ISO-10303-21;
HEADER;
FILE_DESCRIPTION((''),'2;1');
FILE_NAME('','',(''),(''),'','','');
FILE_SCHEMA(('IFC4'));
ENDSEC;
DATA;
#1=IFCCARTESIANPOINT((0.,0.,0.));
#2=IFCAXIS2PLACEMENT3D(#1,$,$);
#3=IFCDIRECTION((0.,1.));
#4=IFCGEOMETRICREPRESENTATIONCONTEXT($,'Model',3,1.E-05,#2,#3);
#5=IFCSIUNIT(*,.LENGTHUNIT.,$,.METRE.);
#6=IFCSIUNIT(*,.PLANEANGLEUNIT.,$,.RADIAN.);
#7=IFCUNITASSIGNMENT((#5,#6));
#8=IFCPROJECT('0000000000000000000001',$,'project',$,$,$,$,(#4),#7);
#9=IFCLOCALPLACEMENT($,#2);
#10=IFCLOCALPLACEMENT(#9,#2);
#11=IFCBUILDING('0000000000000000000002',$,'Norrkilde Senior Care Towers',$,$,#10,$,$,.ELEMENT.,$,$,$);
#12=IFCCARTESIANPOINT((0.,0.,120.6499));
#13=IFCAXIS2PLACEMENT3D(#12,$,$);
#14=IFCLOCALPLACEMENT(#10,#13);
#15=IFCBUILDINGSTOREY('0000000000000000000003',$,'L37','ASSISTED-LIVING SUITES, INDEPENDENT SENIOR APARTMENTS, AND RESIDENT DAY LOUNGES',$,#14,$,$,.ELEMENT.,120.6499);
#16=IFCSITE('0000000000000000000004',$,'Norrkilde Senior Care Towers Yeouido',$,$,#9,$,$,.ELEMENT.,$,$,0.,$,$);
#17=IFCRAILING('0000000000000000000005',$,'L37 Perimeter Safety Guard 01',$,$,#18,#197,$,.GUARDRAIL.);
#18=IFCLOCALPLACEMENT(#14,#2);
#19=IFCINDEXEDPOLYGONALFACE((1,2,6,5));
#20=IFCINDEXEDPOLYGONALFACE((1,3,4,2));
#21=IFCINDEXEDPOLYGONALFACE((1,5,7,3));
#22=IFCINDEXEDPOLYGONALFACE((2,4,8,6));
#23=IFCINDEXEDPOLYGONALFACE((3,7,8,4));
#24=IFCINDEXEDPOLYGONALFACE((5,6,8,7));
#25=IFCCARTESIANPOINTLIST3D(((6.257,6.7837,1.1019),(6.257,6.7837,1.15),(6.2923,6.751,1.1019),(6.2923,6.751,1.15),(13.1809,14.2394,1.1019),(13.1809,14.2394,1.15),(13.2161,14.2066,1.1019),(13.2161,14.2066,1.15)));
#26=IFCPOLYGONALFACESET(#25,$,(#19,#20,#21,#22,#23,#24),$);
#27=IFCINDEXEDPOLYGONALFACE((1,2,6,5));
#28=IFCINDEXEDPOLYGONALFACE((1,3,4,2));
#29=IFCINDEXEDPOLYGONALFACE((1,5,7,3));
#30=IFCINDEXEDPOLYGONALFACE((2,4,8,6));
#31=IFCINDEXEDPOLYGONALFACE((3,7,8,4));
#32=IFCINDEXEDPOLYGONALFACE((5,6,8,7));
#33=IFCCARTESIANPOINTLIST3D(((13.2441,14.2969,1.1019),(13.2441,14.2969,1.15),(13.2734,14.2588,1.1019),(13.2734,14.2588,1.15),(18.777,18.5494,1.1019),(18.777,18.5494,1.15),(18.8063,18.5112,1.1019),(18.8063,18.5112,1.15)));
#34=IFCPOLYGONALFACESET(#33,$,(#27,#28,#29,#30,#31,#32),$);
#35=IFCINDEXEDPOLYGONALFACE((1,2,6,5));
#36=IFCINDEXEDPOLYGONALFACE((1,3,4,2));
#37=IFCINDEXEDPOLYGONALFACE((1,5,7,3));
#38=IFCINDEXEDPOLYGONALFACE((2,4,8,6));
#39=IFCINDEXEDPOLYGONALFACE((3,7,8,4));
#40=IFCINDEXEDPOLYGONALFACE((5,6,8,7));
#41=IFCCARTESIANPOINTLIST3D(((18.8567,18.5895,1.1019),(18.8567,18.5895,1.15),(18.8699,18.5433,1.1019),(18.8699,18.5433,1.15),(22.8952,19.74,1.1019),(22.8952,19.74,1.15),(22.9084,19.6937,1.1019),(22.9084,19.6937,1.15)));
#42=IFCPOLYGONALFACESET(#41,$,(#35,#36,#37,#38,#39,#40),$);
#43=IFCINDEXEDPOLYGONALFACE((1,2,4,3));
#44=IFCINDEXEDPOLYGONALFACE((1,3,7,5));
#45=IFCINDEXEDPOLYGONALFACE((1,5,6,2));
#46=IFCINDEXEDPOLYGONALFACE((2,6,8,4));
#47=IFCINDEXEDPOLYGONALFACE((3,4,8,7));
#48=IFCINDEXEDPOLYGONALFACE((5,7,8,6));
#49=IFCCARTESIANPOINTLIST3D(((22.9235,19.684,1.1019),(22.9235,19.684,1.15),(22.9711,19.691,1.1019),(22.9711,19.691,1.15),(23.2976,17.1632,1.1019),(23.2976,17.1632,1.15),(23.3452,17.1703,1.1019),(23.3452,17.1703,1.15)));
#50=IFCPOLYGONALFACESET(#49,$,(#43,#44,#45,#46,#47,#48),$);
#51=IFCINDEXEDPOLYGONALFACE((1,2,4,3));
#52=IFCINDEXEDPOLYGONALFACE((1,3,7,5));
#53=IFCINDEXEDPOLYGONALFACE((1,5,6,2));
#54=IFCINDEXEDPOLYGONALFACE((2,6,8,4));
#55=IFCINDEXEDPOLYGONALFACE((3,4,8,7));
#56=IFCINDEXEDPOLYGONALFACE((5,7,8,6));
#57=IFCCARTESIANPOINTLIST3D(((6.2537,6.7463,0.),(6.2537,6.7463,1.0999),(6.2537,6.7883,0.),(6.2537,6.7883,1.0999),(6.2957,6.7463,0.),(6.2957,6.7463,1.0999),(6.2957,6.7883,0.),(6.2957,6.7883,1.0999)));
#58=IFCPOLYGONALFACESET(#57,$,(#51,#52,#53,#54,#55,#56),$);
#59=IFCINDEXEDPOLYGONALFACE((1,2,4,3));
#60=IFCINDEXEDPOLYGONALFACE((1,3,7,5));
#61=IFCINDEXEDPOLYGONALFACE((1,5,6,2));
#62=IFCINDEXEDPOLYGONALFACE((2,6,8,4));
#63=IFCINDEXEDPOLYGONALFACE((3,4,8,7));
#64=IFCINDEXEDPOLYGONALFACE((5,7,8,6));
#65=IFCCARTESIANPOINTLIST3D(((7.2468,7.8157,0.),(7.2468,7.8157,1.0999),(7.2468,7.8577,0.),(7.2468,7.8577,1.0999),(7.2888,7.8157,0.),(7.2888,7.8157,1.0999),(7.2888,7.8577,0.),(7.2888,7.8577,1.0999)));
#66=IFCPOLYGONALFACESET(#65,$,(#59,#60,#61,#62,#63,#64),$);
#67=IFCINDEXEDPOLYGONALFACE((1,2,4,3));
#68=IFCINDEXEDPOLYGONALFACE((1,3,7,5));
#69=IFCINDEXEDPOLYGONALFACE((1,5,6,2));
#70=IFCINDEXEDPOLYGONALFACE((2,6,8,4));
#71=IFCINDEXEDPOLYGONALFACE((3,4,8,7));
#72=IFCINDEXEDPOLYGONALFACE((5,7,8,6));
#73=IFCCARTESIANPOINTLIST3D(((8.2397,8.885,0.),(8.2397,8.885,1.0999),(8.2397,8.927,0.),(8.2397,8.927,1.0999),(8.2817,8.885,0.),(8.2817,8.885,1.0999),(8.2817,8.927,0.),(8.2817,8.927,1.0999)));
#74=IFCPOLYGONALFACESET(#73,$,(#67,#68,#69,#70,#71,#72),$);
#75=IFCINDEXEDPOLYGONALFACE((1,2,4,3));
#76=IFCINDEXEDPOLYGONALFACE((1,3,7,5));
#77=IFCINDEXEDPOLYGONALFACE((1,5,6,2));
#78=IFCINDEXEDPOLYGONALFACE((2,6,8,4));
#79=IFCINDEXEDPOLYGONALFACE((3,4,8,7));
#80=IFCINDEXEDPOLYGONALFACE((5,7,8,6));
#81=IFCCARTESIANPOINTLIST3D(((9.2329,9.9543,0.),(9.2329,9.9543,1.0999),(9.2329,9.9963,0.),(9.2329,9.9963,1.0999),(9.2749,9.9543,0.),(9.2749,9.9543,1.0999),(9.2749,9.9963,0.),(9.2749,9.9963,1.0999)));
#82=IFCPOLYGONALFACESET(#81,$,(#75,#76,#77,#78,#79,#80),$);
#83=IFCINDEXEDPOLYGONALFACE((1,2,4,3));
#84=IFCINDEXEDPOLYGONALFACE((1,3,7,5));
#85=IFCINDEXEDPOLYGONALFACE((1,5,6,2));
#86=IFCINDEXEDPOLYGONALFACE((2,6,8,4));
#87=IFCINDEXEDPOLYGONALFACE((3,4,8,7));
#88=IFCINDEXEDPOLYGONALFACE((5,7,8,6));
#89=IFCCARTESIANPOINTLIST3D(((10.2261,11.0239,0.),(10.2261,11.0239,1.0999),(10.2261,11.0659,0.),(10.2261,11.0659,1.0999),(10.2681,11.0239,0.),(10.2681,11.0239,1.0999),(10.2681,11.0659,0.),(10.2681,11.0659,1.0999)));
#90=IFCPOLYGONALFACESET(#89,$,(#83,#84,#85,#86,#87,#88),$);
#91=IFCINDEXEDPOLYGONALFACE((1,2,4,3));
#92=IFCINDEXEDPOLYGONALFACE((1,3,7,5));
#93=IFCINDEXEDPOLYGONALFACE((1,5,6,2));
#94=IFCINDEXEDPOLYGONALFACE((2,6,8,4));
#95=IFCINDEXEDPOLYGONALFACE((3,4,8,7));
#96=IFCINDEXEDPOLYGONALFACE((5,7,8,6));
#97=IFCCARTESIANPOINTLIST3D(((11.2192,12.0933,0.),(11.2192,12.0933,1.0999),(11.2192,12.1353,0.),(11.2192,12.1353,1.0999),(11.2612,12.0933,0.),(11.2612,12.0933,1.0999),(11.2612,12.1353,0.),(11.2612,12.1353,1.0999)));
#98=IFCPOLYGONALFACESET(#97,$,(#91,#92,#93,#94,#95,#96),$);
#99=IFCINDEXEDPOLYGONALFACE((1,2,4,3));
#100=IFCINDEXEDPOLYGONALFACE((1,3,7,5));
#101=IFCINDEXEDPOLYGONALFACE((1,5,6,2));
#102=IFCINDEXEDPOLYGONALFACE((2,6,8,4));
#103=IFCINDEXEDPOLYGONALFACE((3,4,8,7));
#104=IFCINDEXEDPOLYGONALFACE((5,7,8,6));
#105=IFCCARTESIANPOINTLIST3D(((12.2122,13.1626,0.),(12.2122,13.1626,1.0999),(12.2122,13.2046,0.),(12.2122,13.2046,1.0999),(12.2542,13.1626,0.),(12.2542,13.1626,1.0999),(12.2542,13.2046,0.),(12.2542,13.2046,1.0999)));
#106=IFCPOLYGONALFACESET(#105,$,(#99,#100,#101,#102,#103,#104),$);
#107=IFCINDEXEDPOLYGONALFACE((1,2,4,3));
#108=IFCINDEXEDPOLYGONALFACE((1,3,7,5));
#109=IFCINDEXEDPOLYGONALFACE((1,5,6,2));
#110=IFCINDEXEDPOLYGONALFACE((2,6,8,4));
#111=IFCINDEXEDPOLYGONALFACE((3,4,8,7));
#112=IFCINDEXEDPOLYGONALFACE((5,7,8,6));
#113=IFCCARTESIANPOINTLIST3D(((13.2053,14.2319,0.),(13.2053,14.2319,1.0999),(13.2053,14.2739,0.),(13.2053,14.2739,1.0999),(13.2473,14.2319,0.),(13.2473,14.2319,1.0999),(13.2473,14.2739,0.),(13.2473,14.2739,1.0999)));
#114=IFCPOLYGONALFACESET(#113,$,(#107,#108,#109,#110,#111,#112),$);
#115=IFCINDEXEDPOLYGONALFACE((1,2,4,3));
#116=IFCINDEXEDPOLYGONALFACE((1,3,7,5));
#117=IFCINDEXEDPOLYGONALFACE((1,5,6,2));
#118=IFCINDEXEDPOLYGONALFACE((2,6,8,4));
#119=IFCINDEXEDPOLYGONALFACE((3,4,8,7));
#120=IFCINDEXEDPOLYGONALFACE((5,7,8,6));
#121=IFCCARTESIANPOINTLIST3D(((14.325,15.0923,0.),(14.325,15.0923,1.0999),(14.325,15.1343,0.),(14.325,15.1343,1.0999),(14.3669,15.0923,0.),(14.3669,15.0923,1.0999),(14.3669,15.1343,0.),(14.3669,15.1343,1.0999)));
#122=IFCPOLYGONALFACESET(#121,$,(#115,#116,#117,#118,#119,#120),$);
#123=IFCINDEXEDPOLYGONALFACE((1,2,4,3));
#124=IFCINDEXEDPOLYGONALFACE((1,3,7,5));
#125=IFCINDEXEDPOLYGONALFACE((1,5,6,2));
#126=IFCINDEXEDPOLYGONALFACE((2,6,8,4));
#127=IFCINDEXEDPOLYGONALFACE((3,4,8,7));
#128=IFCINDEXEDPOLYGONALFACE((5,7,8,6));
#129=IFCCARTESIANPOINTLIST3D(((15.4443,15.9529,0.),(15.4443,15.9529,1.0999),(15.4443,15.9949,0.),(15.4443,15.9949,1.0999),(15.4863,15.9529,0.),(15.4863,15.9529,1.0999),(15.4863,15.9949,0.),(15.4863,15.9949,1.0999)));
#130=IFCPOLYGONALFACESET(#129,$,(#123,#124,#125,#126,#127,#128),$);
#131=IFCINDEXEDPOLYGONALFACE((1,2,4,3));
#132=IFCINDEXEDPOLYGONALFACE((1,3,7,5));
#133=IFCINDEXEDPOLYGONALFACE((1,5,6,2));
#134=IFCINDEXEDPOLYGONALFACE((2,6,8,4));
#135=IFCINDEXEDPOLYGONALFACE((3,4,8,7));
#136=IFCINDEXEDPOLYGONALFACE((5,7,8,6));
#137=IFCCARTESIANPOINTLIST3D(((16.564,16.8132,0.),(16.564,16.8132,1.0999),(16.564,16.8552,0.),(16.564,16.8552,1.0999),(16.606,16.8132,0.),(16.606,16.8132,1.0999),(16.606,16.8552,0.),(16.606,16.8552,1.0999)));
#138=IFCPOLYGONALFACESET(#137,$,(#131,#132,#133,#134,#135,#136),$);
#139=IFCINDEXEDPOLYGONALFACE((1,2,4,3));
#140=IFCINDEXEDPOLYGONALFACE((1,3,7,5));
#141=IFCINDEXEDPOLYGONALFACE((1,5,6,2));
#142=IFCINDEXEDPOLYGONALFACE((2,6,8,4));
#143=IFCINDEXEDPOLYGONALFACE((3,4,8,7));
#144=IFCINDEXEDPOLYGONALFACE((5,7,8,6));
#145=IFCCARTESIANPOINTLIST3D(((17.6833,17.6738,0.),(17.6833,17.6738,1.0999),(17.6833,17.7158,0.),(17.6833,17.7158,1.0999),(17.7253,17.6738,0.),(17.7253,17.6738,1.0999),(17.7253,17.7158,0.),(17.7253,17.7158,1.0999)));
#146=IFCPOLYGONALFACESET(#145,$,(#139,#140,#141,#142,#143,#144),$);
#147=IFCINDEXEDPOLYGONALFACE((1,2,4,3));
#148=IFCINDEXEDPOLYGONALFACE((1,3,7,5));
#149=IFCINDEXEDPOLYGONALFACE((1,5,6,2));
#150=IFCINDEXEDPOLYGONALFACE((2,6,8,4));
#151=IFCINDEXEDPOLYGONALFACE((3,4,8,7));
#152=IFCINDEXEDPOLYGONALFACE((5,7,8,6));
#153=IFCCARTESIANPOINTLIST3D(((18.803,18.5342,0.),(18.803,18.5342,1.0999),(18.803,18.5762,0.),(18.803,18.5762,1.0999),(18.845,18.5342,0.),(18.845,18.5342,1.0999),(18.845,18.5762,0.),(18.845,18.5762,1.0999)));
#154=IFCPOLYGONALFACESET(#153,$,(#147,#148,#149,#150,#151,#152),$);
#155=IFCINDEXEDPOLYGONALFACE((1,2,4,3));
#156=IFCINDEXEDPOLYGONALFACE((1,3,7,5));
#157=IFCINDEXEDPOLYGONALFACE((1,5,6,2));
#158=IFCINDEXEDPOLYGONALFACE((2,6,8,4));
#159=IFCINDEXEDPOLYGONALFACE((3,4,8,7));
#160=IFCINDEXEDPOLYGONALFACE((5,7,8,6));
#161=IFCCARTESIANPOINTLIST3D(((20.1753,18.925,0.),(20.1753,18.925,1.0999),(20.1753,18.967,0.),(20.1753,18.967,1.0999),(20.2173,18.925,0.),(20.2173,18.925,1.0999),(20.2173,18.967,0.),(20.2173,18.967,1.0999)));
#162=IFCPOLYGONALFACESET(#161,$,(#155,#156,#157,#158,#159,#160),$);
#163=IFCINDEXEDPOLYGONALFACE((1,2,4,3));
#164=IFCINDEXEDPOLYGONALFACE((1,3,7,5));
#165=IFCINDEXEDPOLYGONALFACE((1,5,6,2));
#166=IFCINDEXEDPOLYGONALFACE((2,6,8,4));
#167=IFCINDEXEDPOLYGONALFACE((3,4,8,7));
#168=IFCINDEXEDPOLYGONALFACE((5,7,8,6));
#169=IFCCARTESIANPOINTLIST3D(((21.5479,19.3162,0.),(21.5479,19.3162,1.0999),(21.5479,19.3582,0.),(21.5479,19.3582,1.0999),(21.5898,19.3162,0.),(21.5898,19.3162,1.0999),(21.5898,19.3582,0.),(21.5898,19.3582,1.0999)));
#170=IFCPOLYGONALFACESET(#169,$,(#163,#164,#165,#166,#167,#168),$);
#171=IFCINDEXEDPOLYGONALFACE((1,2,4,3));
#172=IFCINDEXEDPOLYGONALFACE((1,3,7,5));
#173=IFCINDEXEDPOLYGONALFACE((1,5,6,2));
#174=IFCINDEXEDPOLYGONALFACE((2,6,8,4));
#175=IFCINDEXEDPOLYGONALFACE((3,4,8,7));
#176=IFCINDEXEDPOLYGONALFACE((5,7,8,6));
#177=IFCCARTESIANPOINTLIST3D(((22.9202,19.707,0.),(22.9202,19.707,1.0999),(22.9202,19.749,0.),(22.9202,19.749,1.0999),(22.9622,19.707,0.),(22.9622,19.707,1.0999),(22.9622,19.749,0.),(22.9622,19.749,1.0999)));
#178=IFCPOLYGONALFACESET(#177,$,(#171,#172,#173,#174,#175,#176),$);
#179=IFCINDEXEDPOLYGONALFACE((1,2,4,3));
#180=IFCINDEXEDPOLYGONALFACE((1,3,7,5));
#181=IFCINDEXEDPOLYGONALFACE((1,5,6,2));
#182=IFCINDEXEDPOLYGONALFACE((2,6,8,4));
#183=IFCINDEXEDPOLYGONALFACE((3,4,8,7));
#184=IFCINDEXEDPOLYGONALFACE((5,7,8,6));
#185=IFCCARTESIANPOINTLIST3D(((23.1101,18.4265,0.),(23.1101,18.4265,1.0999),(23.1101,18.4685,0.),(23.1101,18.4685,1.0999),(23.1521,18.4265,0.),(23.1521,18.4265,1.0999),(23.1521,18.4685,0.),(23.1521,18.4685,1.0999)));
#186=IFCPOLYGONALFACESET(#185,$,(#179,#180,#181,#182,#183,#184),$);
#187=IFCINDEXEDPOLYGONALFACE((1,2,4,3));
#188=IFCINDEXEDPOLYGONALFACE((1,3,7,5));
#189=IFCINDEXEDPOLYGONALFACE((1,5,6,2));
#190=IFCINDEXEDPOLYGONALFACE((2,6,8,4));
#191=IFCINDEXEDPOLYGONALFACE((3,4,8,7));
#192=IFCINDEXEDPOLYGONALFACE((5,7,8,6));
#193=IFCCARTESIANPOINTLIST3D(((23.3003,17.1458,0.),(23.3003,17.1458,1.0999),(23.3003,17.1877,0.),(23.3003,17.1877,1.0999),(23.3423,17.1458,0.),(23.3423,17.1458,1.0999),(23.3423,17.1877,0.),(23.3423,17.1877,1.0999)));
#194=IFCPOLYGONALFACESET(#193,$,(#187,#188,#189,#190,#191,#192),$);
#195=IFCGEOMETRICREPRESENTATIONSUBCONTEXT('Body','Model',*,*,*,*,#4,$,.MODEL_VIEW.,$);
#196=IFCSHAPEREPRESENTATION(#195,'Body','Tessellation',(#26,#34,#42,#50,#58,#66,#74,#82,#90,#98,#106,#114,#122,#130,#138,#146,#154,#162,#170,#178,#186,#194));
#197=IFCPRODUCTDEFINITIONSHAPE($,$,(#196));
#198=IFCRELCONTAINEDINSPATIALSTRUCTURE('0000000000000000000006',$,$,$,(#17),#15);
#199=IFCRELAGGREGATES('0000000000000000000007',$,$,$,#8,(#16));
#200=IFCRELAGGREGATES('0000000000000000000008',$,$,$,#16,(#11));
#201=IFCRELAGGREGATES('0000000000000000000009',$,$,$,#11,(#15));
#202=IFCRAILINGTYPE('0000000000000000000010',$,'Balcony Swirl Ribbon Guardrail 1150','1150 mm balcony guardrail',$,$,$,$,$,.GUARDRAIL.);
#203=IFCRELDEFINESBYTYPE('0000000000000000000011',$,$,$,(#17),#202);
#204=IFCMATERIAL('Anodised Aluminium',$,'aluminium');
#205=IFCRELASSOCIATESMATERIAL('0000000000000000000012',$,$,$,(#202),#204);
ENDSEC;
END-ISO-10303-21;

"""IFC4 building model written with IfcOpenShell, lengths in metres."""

from ifc_helpers import new_model, si_unit, direction, frame, origin, origin_2d, place, context, subcontext, project, spatial, rectangle, extrude, material, type_object, element, save


model = new_model("IFC4")

# Units and contexts
model_context = context("Model", 3, precision=1e-05, world=origin(), true_north=direction((0.0, 1.0)))
body_context = subcontext(model_context, "Body", "Model", "MODEL_VIEW")
ifc_project = project(units=[si_unit("LENGTHUNIT", "METRE"), si_unit("PLANEANGLEUNIT", "RADIAN")], contexts=[model_context])

# Site, building, storey
site_placement = place(None, origin())
site = spatial("IfcSite", under=ifc_project, at=site_placement, Name="Norrkilde Senior Care Towers Yeouido", CompositionType="ELEMENT", RefElevation=0.0)
building_placement = place(site_placement, origin())
building = spatial("IfcBuilding", under=site, at=building_placement, Name="Norrkilde Senior Care Towers", CompositionType="ELEMENT")
storey_placement = place(building_placement, frame((0.0, 0.0, 120.6499)))
storey = spatial("IfcBuildingStorey", under=building, at=storey_placement, Name="L37", Description="ASSISTED-LIVING SUITES, INDEPENDENT SENIOR APARTMENTS, AND RESIDENT DAY LOUNGES", CompositionType="ELEMENT", Elevation=120.6499)

# Shared definitions
ifc_material_1 = material(Name="Anodised Aluminium", Category="aluminium")

# Railing
railing_type = type_object("IfcRailingType", Name="Balcony Swirl Ribbon Guardrail 1150", Description="1150 mm balcony guardrail", PredefinedType="GUARDRAIL", material=ifc_material_1)
railing_1_placement = place(storey_placement, frame((6.2747, 6.7673, 0.0)))
element("IfcRailing", 1, at=railing_1_placement, inside=storey, type_object=railing_type, Name="L37 Perimeter Safety Guard 01", PredefinedType="GUARDRAIL", context=body_context, shape_type="SweptSolid", body=[
    extrude(rectangle(XDim=0.0481, YDim=0.0481, at=origin_2d()), frame((0.0, 0.0, 1.126), z_axis=(0.680491, 0.732757, 0.0), x_axis=(-0.732757, 0.680491, 0.0)), (0.0, 0.0, 1.0), 10.1748),
    extrude(rectangle(XDim=0.0481, YDim=0.0481, at=origin_2d()), frame((6.9841, 7.5105, 1.126), z_axis=(0.792873, 0.609386, 0.0), x_axis=(-0.609386, 0.792873, 0.0)), (0.0, 0.0, 1.0), 6.9783),
    extrude(rectangle(XDim=0.0481, YDim=0.0481, at=origin_2d()), frame((12.5886, 11.7991, 1.126), z_axis=(0.961739, 0.273968, 0.0), x_axis=(-0.273968, 0.961739, 0.0)), (0.0, 0.0, 1.0), 4.1992),
    extrude(rectangle(XDim=0.0481, YDim=0.0481, at=origin_2d()), frame((16.6726, 12.9202, 1.126), z_axis=(0.146805, -0.989165, 0.0), x_axis=(0.989165, 0.146805, 0.0)), (0.0, 0.0, 1.0), 2.5483),
    extrude(rectangle(XDim=0.042, YDim=0.042, at=origin_2d()), origin(), (0.0, 0.0, 1.0), 1.0999),
    extrude(rectangle(XDim=0.042, YDim=0.042, at=origin_2d()), frame((0.9932, 1.0693, 0.0)), (0.0, 0.0, 1.0), 1.0999),
    extrude(rectangle(XDim=0.042, YDim=0.042, at=origin_2d()), frame((1.9861, 2.1387, 0.0)), (0.0, 0.0, 1.0), 1.0999),
    extrude(rectangle(XDim=0.042, YDim=0.042, at=origin_2d()), frame((2.9792, 3.208, 0.0)), (0.0, 0.0, 1.0), 1.0999),
    extrude(rectangle(XDim=0.042, YDim=0.042, at=origin_2d()), frame((3.9724, 4.2776, 0.0)), (0.0, 0.0, 1.0), 1.0999),
    extrude(rectangle(XDim=0.042, YDim=0.042, at=origin_2d()), frame((4.9656, 5.3469, 0.0)), (0.0, 0.0, 1.0), 1.0999),
    extrude(rectangle(XDim=0.042, YDim=0.042, at=origin_2d()), frame((5.9585, 6.4163, 0.0)), (0.0, 0.0, 1.0), 1.0999),
    extrude(rectangle(XDim=0.042, YDim=0.042, at=origin_2d()), frame((6.9517, 7.4856, 0.0)), (0.0, 0.0, 1.0), 1.0999),
    extrude(rectangle(XDim=0.042, YDim=0.042, at=origin_2d()), frame((8.0713, 8.3459, 0.0)), (0.0, 0.0, 1.0), 1.0999),
    extrude(rectangle(XDim=0.042, YDim=0.042, at=origin_2d()), frame((9.1907, 9.2065, 0.0)), (0.0, 0.0, 1.0), 1.0999),
    extrude(rectangle(XDim=0.042, YDim=0.042, at=origin_2d()), frame((10.3103, 10.0669, 0.0)), (0.0, 0.0, 1.0), 1.0999),
    extrude(rectangle(XDim=0.042, YDim=0.042, at=origin_2d()), frame((11.4297, 10.9275, 0.0)), (0.0, 0.0, 1.0), 1.0999),
    extrude(rectangle(XDim=0.042, YDim=0.042, at=origin_2d()), frame((12.5493, 11.7878, 0.0)), (0.0, 0.0, 1.0), 1.0999),
    extrude(rectangle(XDim=0.042, YDim=0.042, at=origin_2d()), frame((13.9216, 12.1787, 0.0)), (0.0, 0.0, 1.0), 1.0999),
    extrude(rectangle(XDim=0.042, YDim=0.042, at=origin_2d()), frame((15.2942, 12.5698, 0.0)), (0.0, 0.0, 1.0), 1.0999),
    extrude(rectangle(XDim=0.042, YDim=0.042, at=origin_2d()), frame((16.6665, 12.9607, 0.0)), (0.0, 0.0, 1.0), 1.0999),
    extrude(rectangle(XDim=0.042, YDim=0.042, at=origin_2d()), frame((16.8564, 11.6802, 0.0)), (0.0, 0.0, 1.0), 1.0999),
    extrude(rectangle(XDim=0.042, YDim=0.042, at=origin_2d()), frame((17.0466, 10.3994, 0.0)), (0.0, 0.0, 1.0), 1.0999),
])

save(model, "model.ifc")
